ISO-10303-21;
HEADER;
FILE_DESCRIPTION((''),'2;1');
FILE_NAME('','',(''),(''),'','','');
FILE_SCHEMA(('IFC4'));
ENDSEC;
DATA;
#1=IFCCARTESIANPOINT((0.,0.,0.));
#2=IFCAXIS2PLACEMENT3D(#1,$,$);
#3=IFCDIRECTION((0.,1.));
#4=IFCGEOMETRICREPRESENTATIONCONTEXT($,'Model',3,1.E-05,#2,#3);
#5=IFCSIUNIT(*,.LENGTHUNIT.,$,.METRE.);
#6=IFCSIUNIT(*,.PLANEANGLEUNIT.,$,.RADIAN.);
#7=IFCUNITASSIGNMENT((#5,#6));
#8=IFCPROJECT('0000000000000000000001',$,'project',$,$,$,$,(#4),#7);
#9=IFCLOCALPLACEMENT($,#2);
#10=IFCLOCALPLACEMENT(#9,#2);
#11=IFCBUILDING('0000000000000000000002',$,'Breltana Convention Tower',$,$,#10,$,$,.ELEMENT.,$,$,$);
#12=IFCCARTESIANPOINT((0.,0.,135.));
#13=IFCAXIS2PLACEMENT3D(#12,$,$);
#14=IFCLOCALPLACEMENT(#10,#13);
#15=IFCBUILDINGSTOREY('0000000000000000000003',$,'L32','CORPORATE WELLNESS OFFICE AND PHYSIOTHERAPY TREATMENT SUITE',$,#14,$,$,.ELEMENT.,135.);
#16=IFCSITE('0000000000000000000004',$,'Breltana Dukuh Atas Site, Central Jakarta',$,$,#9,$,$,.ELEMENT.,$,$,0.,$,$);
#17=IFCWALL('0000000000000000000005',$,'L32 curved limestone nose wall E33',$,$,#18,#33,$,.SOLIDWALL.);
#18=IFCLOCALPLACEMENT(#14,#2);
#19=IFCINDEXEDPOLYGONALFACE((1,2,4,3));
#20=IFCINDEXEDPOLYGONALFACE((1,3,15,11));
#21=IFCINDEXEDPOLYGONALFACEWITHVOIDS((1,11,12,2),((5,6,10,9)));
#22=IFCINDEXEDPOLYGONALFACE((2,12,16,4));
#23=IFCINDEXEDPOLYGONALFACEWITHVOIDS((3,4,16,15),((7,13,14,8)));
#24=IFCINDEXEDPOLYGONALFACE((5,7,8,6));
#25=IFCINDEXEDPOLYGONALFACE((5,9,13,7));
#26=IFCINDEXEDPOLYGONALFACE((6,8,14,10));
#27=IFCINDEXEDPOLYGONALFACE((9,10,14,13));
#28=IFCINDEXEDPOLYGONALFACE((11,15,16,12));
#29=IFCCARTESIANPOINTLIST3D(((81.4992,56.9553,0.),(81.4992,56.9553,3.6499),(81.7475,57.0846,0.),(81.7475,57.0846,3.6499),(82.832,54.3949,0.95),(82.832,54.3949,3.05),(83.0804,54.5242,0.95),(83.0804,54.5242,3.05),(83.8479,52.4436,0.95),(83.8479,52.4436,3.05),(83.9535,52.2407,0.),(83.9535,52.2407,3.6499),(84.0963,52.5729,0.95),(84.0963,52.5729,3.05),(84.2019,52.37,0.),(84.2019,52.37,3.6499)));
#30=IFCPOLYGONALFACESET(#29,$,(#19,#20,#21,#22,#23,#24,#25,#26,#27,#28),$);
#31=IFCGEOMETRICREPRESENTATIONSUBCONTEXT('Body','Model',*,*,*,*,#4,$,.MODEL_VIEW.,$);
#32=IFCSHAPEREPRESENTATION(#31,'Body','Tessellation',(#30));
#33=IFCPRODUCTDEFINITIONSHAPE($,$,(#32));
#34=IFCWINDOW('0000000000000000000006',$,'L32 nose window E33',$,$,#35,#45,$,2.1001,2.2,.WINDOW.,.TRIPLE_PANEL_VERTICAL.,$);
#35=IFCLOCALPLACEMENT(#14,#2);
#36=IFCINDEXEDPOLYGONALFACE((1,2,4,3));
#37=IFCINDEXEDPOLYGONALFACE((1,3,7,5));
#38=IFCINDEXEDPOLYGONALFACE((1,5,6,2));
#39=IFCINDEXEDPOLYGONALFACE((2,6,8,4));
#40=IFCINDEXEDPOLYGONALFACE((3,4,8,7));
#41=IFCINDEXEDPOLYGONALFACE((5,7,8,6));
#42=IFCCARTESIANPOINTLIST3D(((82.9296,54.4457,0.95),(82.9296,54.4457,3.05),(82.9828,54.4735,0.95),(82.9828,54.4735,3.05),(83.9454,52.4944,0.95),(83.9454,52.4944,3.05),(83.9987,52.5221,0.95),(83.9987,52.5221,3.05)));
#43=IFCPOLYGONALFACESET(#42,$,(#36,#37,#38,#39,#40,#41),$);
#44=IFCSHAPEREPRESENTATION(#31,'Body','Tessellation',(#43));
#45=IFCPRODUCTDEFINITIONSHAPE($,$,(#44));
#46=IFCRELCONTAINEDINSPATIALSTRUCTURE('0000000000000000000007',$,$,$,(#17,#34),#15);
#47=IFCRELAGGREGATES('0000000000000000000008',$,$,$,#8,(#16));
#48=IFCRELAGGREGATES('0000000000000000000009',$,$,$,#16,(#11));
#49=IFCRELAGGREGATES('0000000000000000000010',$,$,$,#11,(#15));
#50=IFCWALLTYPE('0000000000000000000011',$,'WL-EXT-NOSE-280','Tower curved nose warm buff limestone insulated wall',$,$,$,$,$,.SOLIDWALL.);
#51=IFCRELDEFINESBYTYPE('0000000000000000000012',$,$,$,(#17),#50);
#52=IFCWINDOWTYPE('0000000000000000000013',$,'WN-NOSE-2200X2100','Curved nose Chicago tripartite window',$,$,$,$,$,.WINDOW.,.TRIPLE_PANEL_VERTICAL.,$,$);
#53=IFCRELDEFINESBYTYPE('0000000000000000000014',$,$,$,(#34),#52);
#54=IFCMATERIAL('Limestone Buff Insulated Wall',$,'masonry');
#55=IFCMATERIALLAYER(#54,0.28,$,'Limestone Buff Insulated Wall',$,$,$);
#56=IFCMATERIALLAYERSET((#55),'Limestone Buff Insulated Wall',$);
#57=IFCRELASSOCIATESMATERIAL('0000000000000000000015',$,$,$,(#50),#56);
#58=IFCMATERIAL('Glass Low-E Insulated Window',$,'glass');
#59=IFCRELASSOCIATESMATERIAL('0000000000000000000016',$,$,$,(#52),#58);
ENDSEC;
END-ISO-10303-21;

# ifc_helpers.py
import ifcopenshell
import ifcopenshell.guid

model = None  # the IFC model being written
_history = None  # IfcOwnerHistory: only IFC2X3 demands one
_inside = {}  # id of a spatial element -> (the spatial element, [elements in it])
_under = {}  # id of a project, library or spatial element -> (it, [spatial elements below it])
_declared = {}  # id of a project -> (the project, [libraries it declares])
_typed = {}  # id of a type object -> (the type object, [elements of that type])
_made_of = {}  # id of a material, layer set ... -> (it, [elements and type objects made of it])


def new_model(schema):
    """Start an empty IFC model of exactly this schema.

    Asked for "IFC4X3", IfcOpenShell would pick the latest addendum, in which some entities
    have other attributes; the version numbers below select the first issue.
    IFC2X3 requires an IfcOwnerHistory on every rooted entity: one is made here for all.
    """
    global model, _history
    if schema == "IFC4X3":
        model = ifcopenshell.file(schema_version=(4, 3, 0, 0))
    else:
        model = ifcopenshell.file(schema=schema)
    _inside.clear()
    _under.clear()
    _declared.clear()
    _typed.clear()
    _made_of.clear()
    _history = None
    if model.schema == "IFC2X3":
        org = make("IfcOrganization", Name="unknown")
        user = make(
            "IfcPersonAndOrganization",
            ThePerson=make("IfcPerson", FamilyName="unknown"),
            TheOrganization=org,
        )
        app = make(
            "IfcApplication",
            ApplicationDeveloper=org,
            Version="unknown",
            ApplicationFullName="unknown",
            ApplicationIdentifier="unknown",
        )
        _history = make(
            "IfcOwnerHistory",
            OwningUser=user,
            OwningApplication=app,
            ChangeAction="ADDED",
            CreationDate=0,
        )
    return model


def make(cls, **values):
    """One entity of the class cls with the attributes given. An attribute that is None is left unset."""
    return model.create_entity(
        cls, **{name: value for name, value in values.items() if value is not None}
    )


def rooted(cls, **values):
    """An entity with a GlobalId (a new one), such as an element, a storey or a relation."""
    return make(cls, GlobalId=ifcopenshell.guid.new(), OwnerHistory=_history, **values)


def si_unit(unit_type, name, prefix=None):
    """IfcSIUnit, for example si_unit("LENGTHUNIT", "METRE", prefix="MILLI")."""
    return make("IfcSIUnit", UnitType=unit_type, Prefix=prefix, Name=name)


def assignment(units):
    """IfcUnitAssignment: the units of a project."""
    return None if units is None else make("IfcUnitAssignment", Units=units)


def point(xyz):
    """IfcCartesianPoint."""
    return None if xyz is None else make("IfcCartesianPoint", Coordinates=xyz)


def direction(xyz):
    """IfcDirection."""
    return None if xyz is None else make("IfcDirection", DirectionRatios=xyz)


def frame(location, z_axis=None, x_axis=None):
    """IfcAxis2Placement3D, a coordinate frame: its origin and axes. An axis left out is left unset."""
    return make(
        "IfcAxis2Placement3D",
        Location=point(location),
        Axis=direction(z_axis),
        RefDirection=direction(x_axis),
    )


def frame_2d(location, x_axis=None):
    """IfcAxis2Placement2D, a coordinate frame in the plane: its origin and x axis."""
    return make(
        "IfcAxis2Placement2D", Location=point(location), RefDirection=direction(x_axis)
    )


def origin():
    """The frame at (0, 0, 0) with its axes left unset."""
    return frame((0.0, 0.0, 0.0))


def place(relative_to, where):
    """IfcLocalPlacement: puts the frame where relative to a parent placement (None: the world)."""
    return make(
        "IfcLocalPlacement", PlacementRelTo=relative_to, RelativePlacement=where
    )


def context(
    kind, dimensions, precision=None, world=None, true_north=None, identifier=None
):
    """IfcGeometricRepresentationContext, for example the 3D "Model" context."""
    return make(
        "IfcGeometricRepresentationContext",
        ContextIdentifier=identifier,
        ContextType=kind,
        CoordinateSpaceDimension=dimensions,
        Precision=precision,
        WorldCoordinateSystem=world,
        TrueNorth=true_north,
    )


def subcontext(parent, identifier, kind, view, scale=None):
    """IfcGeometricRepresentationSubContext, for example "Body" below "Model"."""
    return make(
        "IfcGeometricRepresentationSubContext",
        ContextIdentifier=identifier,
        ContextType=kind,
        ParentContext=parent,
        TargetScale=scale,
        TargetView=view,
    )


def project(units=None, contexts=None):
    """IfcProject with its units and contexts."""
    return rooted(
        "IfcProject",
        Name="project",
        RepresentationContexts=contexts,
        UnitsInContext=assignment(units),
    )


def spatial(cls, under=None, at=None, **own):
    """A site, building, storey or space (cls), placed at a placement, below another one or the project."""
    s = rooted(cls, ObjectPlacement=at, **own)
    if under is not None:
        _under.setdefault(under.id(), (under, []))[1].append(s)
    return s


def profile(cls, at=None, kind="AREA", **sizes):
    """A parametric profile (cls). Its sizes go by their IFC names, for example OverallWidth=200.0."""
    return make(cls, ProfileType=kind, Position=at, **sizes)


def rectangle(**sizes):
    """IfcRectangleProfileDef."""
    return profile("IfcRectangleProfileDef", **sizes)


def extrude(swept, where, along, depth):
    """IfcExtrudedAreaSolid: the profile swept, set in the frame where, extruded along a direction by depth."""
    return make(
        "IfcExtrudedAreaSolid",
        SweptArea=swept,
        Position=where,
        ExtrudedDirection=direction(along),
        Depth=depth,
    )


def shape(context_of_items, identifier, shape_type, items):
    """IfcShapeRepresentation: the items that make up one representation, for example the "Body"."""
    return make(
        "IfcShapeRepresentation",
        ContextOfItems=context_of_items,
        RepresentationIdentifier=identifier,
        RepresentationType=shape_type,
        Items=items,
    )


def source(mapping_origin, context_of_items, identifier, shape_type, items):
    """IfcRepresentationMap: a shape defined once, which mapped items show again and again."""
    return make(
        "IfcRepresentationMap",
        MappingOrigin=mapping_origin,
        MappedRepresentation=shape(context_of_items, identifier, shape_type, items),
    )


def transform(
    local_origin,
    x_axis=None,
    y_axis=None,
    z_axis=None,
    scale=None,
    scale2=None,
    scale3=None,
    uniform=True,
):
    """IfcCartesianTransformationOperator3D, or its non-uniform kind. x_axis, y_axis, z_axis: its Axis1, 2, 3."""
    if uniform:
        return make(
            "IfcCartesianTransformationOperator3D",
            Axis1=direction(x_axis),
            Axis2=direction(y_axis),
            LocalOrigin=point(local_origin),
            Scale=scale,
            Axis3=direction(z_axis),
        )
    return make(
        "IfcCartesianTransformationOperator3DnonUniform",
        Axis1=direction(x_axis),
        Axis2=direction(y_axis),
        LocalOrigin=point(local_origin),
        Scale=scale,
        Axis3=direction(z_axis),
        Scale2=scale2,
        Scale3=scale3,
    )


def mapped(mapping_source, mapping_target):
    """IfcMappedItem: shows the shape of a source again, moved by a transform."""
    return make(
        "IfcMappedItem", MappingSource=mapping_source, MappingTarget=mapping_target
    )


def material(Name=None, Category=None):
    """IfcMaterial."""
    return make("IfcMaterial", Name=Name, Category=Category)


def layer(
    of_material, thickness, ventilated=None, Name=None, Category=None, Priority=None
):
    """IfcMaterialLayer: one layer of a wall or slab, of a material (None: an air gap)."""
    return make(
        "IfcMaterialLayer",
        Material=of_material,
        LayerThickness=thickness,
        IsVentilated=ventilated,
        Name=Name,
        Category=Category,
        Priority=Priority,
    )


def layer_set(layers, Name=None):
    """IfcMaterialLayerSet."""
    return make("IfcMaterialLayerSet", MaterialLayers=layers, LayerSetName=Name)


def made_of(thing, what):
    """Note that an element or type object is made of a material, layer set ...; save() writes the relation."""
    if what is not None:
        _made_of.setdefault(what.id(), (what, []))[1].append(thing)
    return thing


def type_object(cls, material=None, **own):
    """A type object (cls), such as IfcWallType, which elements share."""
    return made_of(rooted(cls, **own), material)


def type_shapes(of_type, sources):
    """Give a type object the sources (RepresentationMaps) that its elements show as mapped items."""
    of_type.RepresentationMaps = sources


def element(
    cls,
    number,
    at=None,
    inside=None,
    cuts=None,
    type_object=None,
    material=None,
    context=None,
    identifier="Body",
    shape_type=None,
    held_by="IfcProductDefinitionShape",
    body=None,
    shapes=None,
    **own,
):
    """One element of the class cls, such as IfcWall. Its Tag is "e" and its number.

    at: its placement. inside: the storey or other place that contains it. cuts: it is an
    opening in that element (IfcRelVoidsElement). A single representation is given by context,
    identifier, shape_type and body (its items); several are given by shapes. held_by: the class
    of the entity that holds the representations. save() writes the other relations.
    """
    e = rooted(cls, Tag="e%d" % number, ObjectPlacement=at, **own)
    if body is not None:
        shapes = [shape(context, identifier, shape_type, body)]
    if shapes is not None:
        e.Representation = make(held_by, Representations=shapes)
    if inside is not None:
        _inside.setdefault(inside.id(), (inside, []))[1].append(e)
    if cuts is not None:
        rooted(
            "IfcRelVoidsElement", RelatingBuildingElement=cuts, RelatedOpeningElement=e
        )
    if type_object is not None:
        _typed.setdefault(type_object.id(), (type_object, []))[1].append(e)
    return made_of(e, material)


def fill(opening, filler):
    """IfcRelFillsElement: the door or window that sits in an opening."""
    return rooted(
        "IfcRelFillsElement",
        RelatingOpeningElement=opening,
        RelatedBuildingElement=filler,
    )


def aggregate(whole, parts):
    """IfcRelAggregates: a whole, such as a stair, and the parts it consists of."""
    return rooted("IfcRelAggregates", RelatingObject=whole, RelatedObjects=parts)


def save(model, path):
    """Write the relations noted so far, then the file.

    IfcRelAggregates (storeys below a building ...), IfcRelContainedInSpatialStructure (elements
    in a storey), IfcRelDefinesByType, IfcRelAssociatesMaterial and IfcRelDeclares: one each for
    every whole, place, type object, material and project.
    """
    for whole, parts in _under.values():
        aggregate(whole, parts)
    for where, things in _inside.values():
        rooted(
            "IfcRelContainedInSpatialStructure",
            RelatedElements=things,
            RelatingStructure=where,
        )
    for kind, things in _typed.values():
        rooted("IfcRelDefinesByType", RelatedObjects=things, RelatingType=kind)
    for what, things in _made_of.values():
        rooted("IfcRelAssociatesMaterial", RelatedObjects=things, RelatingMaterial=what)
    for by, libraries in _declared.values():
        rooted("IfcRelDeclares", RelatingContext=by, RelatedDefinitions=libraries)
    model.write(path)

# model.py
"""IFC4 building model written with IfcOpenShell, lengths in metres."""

from ifc_helpers import new_model, si_unit, direction, frame, frame_2d, origin, place, context, subcontext, project, spatial, rectangle, extrude, source, transform, mapped, material, layer, layer_set, type_object, type_shapes, element, fill, save


model = new_model("IFC4")

# Units and contexts
model_context = context("Model", 3, precision=1e-05, world=origin(), true_north=direction((0.0, 1.0)))
body_context = subcontext(model_context, "Body", "Model", "MODEL_VIEW")
ifc_project = project(units=[si_unit("LENGTHUNIT", "METRE"), si_unit("PLANEANGLEUNIT", "RADIAN")], contexts=[model_context])

# Site, building, storey
site_placement = place(None, origin())
site = spatial("IfcSite", under=ifc_project, at=site_placement, Name="Breltana Dukuh Atas Site, Central Jakarta", CompositionType="ELEMENT", RefElevation=0.0)
building_placement = place(site_placement, origin())
building = spatial("IfcBuilding", under=site, at=building_placement, Name="Breltana Convention Tower", CompositionType="ELEMENT")
storey_placement = place(building_placement, frame((0.0, 0.0, 135.0)))
storey = spatial("IfcBuildingStorey", under=building, at=storey_placement, Name="L32", Description="CORPORATE WELLNESS OFFICE AND PHYSIOTHERAPY TREATMENT SUITE", CompositionType="ELEMENT", Elevation=135.0)

# Wall, opening, window
ifc_material_1 = material(Name="Limestone Buff Insulated Wall", Category="masonry")
ifc_layer_1 = layer(ifc_material_1, 0.28, Name="Limestone Buff Insulated Wall")
ifc_layer_set_1 = layer_set([ifc_layer_1], Name="Limestone Buff Insulated Wall")
wall_type = type_object("IfcWallType", Name="WL-EXT-NOSE-280", Description="Tower curved nose warm buff limestone insulated wall", PredefinedType="SOLIDWALL", material=ifc_layer_set_1)
ifc_material_2 = material(Name="Glass Low-E Insulated Window", Category="glass")
window_type = type_object("IfcWindowType", Name="WN-NOSE-2200X2100", Description="Curved nose Chicago tripartite window", PartitioningType="TRIPLE_PANEL_VERTICAL", PredefinedType="WINDOW", material=ifc_material_2)
shared_shape_1 = source(origin(), body_context, "Body", "SweptSolid", [
    extrude(rectangle(XDim=2.2, YDim=2.1001, at=frame_2d((1.1001, 1.05))), frame((0.0, 0.03, 0.0), z_axis=(0.0, -1.0, 0.0), x_axis=(1.0, 0.0, 0.0)), (0.0, 0.0, 1.0), 0.0601),
])
type_shapes(window_type, [shared_shape_1])
shared_shape_2 = source(origin(), body_context, "Body", "SweptSolid", [
    extrude(rectangle(XDim=5.3152, YDim=0.28, at=frame_2d((2.6577, 0.0))), origin(), (0.0, 0.0, 1.0), 3.6499),
])
wall_1_placement = place(storey_placement, frame((81.6233, 57.02, 0.0), z_axis=(0.0, 0.0, 1.0), x_axis=(0.461761, -0.887005, 0.0)))
wall_1 = element("IfcWall", 1, at=wall_1_placement, inside=storey, type_object=wall_type, Name="L32 curved limestone nose wall E33", PredefinedType="SOLIDWALL", context=body_context, shape_type="MappedRepresentation", body=[
    mapped(shared_shape_2, transform((0.0, 0.0, 0.0), scale=1.0)),
])
opening_1_placement = place(wall_1_placement, frame((2.8865, 0.0, 0.95)))
opening_1 = element("IfcOpeningElement", 2, at=opening_1_placement, cuts=wall_1, PredefinedType="OPENING", context=body_context, shape_type="SweptSolid", body=[
    extrude(rectangle(XDim=2.2, YDim=2.1001, at=frame_2d((1.1001, 1.05))), frame((0.0, 0.1499, 0.0), z_axis=(0.0, -1.0, 0.0), x_axis=(1.0, 0.0, 0.0)), (0.0, 0.0, 1.0), 0.3),
])
window_1_placement = place(opening_1_placement, origin())
window_1 = element("IfcWindow", 3, at=window_1_placement, inside=storey, type_object=window_type, Name="L32 nose window E33", OverallHeight=2.1001, OverallWidth=2.2, PartitioningType="TRIPLE_PANEL_VERTICAL", PredefinedType="WINDOW", context=body_context, shape_type="MappedRepresentation", body=[
    mapped(shared_shape_1, transform((0.0, 0.0, 0.0), scale=1.0)),
])
fill(opening_1, window_1)

save(model, "model.ifc")
